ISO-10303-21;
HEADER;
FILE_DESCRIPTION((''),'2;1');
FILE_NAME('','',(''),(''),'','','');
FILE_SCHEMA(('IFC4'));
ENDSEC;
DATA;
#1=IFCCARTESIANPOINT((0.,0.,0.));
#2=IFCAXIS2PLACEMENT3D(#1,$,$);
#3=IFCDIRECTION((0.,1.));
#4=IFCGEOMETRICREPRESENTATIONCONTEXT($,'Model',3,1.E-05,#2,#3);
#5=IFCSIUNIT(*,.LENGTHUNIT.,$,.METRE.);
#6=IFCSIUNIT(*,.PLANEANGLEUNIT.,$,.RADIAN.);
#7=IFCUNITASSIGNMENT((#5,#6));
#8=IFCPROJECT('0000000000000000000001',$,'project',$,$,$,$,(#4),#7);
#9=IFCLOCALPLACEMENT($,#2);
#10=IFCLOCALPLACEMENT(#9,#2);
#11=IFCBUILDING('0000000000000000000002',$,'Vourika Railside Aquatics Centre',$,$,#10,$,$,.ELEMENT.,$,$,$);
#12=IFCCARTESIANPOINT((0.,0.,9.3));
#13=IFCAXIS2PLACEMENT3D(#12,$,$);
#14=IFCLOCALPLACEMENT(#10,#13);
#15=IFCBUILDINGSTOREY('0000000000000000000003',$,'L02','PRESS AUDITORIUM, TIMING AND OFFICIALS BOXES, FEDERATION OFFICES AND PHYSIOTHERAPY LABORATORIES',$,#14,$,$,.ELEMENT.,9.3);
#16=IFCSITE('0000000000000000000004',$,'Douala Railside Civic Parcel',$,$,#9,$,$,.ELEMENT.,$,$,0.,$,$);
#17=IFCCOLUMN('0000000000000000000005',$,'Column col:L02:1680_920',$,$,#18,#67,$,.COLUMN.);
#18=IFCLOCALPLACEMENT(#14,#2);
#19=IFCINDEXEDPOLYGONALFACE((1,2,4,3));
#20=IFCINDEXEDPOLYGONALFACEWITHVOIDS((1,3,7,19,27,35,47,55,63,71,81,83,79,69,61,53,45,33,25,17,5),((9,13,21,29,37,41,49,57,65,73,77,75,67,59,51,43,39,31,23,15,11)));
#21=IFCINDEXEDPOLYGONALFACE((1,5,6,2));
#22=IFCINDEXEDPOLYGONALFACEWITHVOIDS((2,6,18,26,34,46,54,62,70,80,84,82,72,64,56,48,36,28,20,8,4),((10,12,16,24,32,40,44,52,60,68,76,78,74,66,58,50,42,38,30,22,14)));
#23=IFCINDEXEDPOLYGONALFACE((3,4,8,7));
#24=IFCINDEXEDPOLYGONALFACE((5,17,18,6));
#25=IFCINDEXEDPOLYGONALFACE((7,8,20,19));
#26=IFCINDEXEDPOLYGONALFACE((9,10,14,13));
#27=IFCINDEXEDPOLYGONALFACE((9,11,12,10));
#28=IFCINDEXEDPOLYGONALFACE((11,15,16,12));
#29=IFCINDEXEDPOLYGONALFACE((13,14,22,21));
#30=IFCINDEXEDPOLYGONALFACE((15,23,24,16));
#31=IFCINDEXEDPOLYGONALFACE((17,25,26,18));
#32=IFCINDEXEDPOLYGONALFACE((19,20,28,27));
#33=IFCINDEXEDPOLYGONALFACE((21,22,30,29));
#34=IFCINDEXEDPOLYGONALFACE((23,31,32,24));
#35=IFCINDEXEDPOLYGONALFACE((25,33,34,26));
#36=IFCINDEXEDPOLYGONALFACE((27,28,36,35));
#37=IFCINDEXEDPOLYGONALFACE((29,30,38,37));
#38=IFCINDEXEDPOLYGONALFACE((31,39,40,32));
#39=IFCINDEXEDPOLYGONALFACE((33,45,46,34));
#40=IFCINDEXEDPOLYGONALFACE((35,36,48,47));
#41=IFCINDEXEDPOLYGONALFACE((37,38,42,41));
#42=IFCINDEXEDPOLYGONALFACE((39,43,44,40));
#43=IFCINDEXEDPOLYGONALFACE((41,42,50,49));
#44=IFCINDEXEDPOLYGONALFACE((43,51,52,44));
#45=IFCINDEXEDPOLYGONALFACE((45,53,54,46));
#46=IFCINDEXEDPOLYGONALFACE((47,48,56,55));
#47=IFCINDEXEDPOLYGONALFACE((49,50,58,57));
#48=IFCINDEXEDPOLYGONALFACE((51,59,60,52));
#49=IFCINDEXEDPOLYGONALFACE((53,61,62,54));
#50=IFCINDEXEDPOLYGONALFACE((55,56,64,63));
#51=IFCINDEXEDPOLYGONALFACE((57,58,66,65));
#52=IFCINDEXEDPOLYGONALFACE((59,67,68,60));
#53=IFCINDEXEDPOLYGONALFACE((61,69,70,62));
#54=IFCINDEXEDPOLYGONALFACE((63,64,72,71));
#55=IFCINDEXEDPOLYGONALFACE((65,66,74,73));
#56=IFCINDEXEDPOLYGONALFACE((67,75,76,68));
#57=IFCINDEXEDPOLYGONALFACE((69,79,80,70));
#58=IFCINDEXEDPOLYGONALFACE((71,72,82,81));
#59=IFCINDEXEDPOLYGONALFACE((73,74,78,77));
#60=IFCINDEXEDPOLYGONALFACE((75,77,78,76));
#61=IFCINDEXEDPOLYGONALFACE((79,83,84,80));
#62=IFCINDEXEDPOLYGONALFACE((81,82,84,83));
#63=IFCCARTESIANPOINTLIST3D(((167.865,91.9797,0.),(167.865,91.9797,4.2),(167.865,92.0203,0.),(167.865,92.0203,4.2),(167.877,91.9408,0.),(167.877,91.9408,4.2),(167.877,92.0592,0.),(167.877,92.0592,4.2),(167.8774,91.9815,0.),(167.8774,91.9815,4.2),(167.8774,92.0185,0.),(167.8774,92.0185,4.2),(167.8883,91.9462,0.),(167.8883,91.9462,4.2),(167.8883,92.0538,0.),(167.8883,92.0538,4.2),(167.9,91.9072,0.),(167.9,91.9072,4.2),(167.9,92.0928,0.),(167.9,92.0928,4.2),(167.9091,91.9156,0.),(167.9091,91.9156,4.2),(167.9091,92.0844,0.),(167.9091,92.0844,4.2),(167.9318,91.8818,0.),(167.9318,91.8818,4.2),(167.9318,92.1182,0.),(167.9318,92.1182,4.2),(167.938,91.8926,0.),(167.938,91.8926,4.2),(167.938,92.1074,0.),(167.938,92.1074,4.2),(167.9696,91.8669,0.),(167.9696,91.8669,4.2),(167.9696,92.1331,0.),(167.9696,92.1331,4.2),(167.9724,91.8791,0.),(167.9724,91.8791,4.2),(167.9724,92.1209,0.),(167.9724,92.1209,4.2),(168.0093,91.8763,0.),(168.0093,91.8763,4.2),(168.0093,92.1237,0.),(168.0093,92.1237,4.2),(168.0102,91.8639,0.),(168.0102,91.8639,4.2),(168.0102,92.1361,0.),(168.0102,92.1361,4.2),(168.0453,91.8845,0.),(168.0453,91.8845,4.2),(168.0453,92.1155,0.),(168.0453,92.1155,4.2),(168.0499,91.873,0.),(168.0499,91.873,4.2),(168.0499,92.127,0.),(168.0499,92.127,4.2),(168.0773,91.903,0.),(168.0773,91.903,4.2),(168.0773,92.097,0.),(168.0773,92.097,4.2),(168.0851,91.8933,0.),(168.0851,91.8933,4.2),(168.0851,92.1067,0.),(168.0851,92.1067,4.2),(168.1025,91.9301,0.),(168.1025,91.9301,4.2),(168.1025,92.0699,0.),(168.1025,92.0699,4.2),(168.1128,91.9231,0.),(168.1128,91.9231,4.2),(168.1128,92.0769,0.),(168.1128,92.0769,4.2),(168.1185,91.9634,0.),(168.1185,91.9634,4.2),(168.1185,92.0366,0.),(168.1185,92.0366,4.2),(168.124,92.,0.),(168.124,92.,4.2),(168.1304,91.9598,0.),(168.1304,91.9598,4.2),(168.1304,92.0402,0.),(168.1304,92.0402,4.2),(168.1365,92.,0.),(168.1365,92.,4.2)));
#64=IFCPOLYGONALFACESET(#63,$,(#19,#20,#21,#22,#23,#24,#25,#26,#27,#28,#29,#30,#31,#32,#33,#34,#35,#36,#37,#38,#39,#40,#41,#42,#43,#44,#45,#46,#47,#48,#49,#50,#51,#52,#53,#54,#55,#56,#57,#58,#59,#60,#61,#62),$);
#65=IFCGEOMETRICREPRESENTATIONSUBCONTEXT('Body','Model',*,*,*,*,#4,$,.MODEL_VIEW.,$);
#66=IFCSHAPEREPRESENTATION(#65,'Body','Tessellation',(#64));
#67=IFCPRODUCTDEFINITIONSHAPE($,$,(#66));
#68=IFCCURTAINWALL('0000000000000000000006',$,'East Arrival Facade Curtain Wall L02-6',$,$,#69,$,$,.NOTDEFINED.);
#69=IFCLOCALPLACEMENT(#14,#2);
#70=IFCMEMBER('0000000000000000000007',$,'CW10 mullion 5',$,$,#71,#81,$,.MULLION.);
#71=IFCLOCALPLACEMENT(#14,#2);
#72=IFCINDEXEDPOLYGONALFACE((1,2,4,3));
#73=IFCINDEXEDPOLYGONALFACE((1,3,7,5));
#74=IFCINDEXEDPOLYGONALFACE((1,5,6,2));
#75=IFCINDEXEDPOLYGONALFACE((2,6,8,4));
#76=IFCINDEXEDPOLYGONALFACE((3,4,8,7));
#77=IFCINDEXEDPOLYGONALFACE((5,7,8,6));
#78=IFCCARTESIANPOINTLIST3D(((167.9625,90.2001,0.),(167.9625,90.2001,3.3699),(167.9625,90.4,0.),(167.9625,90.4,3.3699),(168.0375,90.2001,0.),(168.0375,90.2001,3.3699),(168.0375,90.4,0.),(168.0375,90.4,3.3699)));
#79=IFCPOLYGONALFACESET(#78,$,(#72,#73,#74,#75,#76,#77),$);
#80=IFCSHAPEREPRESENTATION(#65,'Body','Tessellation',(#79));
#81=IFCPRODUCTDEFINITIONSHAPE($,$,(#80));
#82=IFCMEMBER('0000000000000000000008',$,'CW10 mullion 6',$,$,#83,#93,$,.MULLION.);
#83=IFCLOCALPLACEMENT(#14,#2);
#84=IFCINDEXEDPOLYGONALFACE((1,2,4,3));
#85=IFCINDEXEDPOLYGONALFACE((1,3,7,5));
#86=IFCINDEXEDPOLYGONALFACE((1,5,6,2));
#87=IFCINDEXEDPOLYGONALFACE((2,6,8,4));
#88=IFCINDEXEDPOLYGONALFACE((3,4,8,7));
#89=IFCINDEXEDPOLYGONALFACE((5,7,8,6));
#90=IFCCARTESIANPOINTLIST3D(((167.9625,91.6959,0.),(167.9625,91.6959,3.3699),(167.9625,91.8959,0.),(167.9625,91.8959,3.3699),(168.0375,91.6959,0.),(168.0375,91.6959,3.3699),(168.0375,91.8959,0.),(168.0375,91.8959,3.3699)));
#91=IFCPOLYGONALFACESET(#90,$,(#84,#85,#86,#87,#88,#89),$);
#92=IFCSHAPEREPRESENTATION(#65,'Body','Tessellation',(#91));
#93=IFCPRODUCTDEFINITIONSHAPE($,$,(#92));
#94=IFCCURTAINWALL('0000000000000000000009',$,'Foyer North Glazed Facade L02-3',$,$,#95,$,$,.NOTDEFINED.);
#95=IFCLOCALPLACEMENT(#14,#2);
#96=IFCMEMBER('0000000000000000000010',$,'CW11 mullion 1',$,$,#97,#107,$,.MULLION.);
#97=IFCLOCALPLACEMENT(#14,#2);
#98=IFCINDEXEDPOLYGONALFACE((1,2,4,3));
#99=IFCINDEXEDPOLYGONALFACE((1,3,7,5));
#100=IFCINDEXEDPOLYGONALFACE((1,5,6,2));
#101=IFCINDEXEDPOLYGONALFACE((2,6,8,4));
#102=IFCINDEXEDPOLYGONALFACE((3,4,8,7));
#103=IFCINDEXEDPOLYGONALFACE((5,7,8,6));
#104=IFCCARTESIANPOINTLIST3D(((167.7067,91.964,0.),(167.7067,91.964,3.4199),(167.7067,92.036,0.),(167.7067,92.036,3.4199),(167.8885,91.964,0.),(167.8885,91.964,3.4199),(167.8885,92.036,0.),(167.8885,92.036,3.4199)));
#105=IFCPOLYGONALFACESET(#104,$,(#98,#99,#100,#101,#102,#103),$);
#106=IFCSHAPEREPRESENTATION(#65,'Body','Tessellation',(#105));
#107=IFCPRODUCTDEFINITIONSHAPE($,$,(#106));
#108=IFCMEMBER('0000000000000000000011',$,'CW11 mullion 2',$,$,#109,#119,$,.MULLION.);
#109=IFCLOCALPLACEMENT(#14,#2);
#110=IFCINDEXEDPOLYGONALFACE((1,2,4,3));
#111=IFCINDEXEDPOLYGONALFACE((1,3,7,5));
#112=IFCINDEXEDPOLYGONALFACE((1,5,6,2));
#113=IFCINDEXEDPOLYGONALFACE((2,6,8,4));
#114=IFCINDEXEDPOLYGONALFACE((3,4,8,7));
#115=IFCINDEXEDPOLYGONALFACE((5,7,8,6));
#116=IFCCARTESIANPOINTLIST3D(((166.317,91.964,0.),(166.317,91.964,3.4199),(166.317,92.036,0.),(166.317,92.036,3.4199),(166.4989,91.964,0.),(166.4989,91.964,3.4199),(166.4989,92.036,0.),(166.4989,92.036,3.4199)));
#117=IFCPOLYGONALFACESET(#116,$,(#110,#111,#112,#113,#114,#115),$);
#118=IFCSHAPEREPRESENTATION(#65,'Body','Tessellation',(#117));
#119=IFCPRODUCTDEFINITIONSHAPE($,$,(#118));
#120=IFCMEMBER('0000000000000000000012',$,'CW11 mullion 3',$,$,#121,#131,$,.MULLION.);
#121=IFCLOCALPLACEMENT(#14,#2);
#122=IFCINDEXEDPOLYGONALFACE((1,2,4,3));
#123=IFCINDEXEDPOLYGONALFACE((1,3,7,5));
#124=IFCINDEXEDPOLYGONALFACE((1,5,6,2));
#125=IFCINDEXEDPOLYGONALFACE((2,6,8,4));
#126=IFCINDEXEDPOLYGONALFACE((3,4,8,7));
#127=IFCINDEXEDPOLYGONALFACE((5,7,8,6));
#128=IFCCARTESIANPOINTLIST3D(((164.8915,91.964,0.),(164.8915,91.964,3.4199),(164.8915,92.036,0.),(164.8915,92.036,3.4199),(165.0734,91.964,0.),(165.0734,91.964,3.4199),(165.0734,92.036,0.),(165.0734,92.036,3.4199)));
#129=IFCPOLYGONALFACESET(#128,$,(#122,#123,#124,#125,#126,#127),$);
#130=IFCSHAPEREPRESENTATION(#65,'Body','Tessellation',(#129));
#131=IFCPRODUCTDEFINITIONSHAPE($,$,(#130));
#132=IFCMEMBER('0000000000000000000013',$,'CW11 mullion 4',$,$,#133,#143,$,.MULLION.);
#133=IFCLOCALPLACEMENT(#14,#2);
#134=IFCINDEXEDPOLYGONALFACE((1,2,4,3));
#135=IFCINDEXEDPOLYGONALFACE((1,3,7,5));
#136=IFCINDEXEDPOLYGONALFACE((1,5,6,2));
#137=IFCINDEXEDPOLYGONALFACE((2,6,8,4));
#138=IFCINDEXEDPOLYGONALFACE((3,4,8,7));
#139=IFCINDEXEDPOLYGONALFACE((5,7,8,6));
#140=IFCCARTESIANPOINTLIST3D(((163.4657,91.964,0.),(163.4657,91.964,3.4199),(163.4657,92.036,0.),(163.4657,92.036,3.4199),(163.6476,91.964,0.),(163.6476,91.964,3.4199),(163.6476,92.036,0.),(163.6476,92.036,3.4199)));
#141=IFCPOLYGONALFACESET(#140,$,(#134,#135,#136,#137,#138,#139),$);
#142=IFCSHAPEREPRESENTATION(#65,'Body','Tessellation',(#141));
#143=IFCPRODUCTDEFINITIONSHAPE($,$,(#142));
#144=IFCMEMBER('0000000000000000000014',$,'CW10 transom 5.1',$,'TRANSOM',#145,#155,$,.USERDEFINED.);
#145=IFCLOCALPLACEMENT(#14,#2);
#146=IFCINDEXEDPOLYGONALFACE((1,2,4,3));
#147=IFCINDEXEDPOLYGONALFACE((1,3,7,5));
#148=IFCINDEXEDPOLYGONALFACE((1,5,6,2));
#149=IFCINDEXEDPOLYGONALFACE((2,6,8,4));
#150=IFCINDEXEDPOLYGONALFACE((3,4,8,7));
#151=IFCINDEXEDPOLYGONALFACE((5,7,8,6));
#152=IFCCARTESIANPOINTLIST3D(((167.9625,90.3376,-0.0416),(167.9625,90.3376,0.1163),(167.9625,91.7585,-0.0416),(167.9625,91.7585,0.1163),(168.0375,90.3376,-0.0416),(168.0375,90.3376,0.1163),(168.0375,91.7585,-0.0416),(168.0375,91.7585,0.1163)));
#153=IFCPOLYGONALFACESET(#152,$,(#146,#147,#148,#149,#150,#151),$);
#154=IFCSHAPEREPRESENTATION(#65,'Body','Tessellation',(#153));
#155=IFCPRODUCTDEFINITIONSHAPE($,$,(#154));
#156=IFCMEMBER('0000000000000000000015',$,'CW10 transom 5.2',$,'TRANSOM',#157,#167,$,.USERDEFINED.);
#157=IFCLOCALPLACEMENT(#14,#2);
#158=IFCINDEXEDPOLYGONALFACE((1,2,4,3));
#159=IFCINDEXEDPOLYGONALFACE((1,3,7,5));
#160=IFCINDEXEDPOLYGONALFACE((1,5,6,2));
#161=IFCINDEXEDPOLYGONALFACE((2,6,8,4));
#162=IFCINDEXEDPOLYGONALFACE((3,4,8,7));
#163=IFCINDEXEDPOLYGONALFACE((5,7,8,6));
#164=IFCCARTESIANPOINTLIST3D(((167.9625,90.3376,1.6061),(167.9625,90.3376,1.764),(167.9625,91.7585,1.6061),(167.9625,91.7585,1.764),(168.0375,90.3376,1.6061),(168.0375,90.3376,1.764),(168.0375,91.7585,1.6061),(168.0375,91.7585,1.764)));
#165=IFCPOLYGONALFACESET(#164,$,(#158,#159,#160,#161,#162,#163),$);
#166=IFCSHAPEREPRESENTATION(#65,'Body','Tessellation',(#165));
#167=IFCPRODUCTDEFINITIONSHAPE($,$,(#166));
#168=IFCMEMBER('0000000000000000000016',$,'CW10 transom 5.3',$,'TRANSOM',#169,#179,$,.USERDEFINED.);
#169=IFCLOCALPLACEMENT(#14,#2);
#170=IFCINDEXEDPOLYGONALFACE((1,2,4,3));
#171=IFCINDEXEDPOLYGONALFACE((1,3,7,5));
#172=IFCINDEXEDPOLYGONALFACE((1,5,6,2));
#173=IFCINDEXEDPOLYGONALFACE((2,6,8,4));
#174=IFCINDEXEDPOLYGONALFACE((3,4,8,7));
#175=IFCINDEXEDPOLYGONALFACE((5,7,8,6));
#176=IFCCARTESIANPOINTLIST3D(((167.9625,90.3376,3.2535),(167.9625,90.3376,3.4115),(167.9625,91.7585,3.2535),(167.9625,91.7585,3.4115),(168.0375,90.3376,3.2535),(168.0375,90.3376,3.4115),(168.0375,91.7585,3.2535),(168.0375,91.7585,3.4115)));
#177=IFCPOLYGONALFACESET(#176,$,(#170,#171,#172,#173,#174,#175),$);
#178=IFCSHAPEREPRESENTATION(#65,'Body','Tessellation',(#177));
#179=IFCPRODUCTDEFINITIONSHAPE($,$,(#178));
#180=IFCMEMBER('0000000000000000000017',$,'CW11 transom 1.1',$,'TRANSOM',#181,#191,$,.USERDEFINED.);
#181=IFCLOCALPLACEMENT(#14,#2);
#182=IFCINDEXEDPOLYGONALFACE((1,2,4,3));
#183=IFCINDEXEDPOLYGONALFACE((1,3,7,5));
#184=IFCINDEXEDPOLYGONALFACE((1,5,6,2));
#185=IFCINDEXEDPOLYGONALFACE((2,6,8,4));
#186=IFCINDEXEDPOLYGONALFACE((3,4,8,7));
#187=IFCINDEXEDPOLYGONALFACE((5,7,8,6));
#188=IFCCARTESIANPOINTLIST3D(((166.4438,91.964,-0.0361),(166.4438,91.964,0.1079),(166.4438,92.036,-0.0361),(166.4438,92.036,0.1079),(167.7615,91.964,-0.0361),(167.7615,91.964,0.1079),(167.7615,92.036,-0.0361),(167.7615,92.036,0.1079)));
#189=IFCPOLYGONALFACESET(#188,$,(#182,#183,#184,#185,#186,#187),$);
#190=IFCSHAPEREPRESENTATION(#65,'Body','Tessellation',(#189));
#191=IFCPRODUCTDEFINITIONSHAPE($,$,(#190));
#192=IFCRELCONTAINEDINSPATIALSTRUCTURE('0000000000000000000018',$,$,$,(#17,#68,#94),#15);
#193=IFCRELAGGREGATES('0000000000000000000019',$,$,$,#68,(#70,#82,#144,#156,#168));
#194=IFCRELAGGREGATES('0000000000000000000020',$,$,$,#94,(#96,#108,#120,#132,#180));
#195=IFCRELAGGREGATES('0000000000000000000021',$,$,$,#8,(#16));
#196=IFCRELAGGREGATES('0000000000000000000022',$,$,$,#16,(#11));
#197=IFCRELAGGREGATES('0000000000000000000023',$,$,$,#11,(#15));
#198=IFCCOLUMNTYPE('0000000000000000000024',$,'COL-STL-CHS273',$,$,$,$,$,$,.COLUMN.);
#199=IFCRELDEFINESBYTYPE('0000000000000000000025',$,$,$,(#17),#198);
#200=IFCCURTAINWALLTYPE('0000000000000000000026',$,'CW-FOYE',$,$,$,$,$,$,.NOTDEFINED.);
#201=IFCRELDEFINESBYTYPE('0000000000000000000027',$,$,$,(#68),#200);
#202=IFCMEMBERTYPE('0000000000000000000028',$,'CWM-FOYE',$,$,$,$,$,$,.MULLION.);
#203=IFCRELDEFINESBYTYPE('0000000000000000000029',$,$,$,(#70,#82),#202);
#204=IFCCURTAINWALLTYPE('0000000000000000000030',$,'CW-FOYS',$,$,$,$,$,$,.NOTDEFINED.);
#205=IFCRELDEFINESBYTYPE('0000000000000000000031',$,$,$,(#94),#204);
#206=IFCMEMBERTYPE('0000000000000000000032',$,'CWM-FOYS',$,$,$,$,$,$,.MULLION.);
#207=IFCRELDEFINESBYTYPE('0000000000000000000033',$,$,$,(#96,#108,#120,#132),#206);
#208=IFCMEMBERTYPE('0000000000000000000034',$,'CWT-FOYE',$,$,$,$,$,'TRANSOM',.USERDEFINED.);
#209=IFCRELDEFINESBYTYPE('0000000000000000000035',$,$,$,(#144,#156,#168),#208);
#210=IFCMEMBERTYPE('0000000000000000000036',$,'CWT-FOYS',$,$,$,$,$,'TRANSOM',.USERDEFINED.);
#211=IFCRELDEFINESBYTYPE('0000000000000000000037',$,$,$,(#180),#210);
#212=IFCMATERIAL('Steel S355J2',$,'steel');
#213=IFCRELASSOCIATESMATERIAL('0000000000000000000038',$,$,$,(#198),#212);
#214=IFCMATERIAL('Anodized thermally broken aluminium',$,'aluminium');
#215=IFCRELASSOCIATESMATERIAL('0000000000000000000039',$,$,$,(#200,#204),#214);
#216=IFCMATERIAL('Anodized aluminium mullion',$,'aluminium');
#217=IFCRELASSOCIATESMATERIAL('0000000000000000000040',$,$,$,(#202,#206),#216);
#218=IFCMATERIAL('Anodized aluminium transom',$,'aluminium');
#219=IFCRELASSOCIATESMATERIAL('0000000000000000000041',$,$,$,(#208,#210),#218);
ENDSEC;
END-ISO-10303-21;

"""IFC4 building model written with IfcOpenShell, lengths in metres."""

from ifc_helpers import new_model, si_unit, direction, frame, origin, origin_2d, place, context, subcontext, project, spatial, rectangle, hollow_circle, extrude, material, material_profile, profile_set, type_object, element, aggregate, save


model = new_model("IFC4")

# Units and contexts
model_context = context("Model", 3, precision=1e-05, world=origin(), true_north=direction((0.0, 1.0)))
body_context = subcontext(model_context, "Body", "Model", "MODEL_VIEW")
ifc_project = project(units=[si_unit("LENGTHUNIT", "METRE"), si_unit("PLANEANGLEUNIT", "RADIAN")], contexts=[model_context])

# Site, building, storey
site_placement = place(None, origin())
site = spatial("IfcSite", under=ifc_project, at=site_placement, Name="Douala Railside Civic Parcel", CompositionType="ELEMENT", RefElevation=0.0)
building_placement = place(site_placement, origin())
building = spatial("IfcBuilding", under=site, at=building_placement, Name="Vourika Railside Aquatics Centre", CompositionType="ELEMENT")
storey_placement = place(building_placement, frame((0.0, 0.0, 9.3)))
storey = spatial("IfcBuildingStorey", under=building, at=storey_placement, Name="L02", Description="PRESS AUDITORIUM, TIMING AND OFFICIALS BOXES, FEDERATION OFFICES AND PHYSIOTHERAPY LABORATORIES", CompositionType="ELEMENT", Elevation=9.3)

# Column
ifc_material_1 = material(Name="Steel S355J2", Category="steel")
ifc_material_profile_1 = material_profile(ifc_material_1, hollow_circle(Radius=0.1365, WallThickness=0.0125, at=origin_2d()), Name="CHS 273x12.5")
ifc_profile_set_1 = profile_set([ifc_material_profile_1], Name="Steel S355J2")
column_type = type_object("IfcColumnType", Name="COL-STL-CHS273", PredefinedType="COLUMN", material=ifc_profile_set_1)
column_placement = place(storey_placement, frame((168.0, 92.0, 0.0), z_axis=(0.0, 0.0, 1.0), x_axis=(1.0, 0.0, 0.0)))
element("IfcColumn", 1, at=column_placement, inside=storey, type_object=column_type, Name="Column col:L02:1680_920", PredefinedType="COLUMN", context=body_context, shape_type="SweptSolid", body=[
    extrude(hollow_circle(Radius=0.1365, WallThickness=0.0125, at=origin_2d()), origin(), (0.0, 0.0, 1.0), 4.2),
])

# Curtain walls, members
ifc_material_2 = material(Name="Anodized thermally broken aluminium", Category="aluminium")
curtain_wall_type_1 = type_object("IfcCurtainWallType", Name="CW-FOYE", PredefinedType="NOTDEFINED", material=ifc_material_2)
curtain_wall_1_placement = place(storey_placement, origin())
curtain_wall_1 = element("IfcCurtainWall", 2, at=curtain_wall_1_placement, inside=storey, type_object=curtain_wall_type_1, Name="East Arrival Facade Curtain Wall L02-6", PredefinedType="NOTDEFINED")
ifc_material_3 = material(Name="Anodized aluminium mullion", Category="aluminium")
ifc_material_profile_2 = material_profile(ifc_material_3, rectangle(XDim=0.075, YDim=0.2, at=origin_2d()), Name="ALU-M 75x200")
ifc_profile_set_2 = profile_set([ifc_material_profile_2], Name="Anodized aluminium mullion")
member_type_1 = type_object("IfcMemberType", Name="CWM-FOYE", PredefinedType="MULLION", material=ifc_profile_set_2)
member_1_placement = place(storey_placement, frame((168.0, 90.3, 0.0), z_axis=(0.0, 0.0, 1.0), x_axis=(-1.0, 0.0, 0.0)))
member_1 = element("IfcMember", 3, at=member_1_placement, type_object=member_type_1, Name="CW10 mullion 5", PredefinedType="MULLION", context=body_context, shape_type="SweptSolid", body=[
    extrude(rectangle(XDim=0.075, YDim=0.2, at=origin_2d()), origin(), (0.0, 0.0, 1.0), 3.3699),
])
member_2_placement = place(storey_placement, frame((168.0, 91.7959, 0.0), z_axis=(0.0, 0.0, 1.0), x_axis=(-1.0, 0.0, 0.0)))
member_2 = element("IfcMember", 4, at=member_2_placement, type_object=member_type_1, Name="CW10 mullion 6", PredefinedType="MULLION", context=body_context, shape_type="SweptSolid", body=[
    extrude(rectangle(XDim=0.075, YDim=0.2, at=origin_2d()), origin(), (0.0, 0.0, 1.0), 3.3699),
])
curtain_wall_type_2 = type_object("IfcCurtainWallType", Name="CW-FOYS", PredefinedType="NOTDEFINED", material=ifc_material_2)
curtain_wall_2_placement = place(storey_placement, origin())
curtain_wall_2 = element("IfcCurtainWall", 5, at=curtain_wall_2_placement, inside=storey, type_object=curtain_wall_type_2, Name="Foyer North Glazed Facade L02-3", PredefinedType="NOTDEFINED")
ifc_material_profile_3 = material_profile(ifc_material_3, rectangle(XDim=0.072, YDim=0.1819, at=origin_2d()), Name="ALU-M 72x182")
ifc_profile_set_3 = profile_set([ifc_material_profile_3], Name="Anodized aluminium mullion")
member_type_2 = type_object("IfcMemberType", Name="CWM-FOYS", PredefinedType="MULLION", material=ifc_profile_set_3)
member_3_placement = place(storey_placement, frame((167.7976, 92.0, 0.0), z_axis=(0.0, 0.0, 1.0), x_axis=(0.0, -1.0, 0.0)))
member_3 = element("IfcMember", 6, at=member_3_placement, type_object=member_type_2, Name="CW11 mullion 1", PredefinedType="MULLION", context=body_context, shape_type="SweptSolid", body=[
    extrude(rectangle(XDim=0.072, YDim=0.1819, at=origin_2d()), origin(), (0.0, 0.0, 1.0), 3.4199),
])
member_4_placement = place(storey_placement, frame((166.408, 92.0, 0.0), z_axis=(0.0, 0.0, 1.0), x_axis=(0.0, -1.0, 0.0)))
member_4 = element("IfcMember", 7, at=member_4_placement, type_object=member_type_2, Name="CW11 mullion 2", PredefinedType="MULLION", context=body_context, shape_type="SweptSolid", body=[
    extrude(rectangle(XDim=0.072, YDim=0.1819, at=origin_2d()), origin(), (0.0, 0.0, 1.0), 3.4199),
])
member_5_placement = place(storey_placement, frame((164.9824, 92.0, 0.0), z_axis=(0.0, 0.0, 1.0), x_axis=(0.0, -1.0, 0.0)))
member_5 = element("IfcMember", 8, at=member_5_placement, type_object=member_type_2, Name="CW11 mullion 3", PredefinedType="MULLION", context=body_context, shape_type="SweptSolid", body=[
    extrude(rectangle(XDim=0.072, YDim=0.1819, at=origin_2d()), origin(), (0.0, 0.0, 1.0), 3.4199),
])
member_6_placement = place(storey_placement, frame((163.5566, 92.0, 0.0), z_axis=(0.0, 0.0, 1.0), x_axis=(0.0, -1.0, 0.0)))
member_6 = element("IfcMember", 9, at=member_6_placement, type_object=member_type_2, Name="CW11 mullion 4", PredefinedType="MULLION", context=body_context, shape_type="SweptSolid", body=[
    extrude(rectangle(XDim=0.072, YDim=0.1819, at=origin_2d()), origin(), (0.0, 0.0, 1.0), 3.4199),
])

# Members
ifc_material_4 = material(Name="Anodized aluminium transom", Category="aluminium")
ifc_material_profile_4 = material_profile(ifc_material_4, rectangle(XDim=0.075, YDim=0.158, at=origin_2d()), Name="ALU-T 75x158")
ifc_profile_set_4 = profile_set([ifc_material_profile_4], Name="Anodized aluminium transom")
member_type_3 = type_object("IfcMemberType", Name="CWT-FOYE", ElementType="TRANSOM", PredefinedType="USERDEFINED", material=ifc_profile_set_4)
member_7_placement = place(storey_placement, frame((168.0, 90.3376, 0.0374), z_axis=(0.0, 1.0, 0.0), x_axis=(-1.0, 0.0, 0.0)))
member_7 = element("IfcMember", 10, at=member_7_placement, type_object=member_type_3, Name="CW10 transom 5.1", ObjectType="TRANSOM", PredefinedType="USERDEFINED", context=body_context, shape_type="SweptSolid", body=[
    extrude(rectangle(XDim=0.075, YDim=0.158, at=origin_2d()), origin(), (0.0, 0.0, 1.0), 1.4209),
])
member_8_placement = place(storey_placement, frame((168.0, 90.3376, 1.6851), z_axis=(0.0, 1.0, 0.0), x_axis=(-1.0, 0.0, 0.0)))
member_8 = element("IfcMember", 11, at=member_8_placement, type_object=member_type_3, Name="CW10 transom 5.2", ObjectType="TRANSOM", PredefinedType="USERDEFINED", context=body_context, shape_type="SweptSolid", body=[
    extrude(rectangle(XDim=0.075, YDim=0.158, at=origin_2d()), origin(), (0.0, 0.0, 1.0), 1.4209),
])
member_9_placement = place(storey_placement, frame((168.0, 90.3376, 3.3325), z_axis=(0.0, 1.0, 0.0), x_axis=(-1.0, 0.0, 0.0)))
member_9 = element("IfcMember", 12, at=member_9_placement, type_object=member_type_3, Name="CW10 transom 5.3", ObjectType="TRANSOM", PredefinedType="USERDEFINED", context=body_context, shape_type="SweptSolid", body=[
    extrude(rectangle(XDim=0.075, YDim=0.158, at=origin_2d()), origin(), (0.0, 0.0, 1.0), 1.4209),
])
ifc_material_profile_5 = material_profile(ifc_material_4, rectangle(XDim=0.072, YDim=0.144, at=origin_2d()), Name="ALU-T 72x144")
ifc_profile_set_5 = profile_set([ifc_material_profile_5], Name="Anodized aluminium transom")
member_type_4 = type_object("IfcMemberType", Name="CWT-FOYS", ElementType="TRANSOM", PredefinedType="USERDEFINED", material=ifc_profile_set_5)
member_10_placement = place(storey_placement, frame((167.7615, 92.0, 0.0359), z_axis=(-1.0, 0.0, 0.0), x_axis=(0.0, -1.0, 0.0)))
member_10 = element("IfcMember", 13, at=member_10_placement, type_object=member_type_4, Name="CW11 transom 1.1", ObjectType="TRANSOM", PredefinedType="USERDEFINED", context=body_context, shape_type="SweptSolid", body=[
    extrude(rectangle(XDim=0.072, YDim=0.144, at=origin_2d()), origin(), (0.0, 0.0, 1.0), 1.3176),
])

aggregate(curtain_wall_1, [member_1, member_2, member_7, member_8, member_9])
aggregate(curtain_wall_2, [member_3, member_4, member_5, member_6, member_10])

save(model, "model.ifc")
